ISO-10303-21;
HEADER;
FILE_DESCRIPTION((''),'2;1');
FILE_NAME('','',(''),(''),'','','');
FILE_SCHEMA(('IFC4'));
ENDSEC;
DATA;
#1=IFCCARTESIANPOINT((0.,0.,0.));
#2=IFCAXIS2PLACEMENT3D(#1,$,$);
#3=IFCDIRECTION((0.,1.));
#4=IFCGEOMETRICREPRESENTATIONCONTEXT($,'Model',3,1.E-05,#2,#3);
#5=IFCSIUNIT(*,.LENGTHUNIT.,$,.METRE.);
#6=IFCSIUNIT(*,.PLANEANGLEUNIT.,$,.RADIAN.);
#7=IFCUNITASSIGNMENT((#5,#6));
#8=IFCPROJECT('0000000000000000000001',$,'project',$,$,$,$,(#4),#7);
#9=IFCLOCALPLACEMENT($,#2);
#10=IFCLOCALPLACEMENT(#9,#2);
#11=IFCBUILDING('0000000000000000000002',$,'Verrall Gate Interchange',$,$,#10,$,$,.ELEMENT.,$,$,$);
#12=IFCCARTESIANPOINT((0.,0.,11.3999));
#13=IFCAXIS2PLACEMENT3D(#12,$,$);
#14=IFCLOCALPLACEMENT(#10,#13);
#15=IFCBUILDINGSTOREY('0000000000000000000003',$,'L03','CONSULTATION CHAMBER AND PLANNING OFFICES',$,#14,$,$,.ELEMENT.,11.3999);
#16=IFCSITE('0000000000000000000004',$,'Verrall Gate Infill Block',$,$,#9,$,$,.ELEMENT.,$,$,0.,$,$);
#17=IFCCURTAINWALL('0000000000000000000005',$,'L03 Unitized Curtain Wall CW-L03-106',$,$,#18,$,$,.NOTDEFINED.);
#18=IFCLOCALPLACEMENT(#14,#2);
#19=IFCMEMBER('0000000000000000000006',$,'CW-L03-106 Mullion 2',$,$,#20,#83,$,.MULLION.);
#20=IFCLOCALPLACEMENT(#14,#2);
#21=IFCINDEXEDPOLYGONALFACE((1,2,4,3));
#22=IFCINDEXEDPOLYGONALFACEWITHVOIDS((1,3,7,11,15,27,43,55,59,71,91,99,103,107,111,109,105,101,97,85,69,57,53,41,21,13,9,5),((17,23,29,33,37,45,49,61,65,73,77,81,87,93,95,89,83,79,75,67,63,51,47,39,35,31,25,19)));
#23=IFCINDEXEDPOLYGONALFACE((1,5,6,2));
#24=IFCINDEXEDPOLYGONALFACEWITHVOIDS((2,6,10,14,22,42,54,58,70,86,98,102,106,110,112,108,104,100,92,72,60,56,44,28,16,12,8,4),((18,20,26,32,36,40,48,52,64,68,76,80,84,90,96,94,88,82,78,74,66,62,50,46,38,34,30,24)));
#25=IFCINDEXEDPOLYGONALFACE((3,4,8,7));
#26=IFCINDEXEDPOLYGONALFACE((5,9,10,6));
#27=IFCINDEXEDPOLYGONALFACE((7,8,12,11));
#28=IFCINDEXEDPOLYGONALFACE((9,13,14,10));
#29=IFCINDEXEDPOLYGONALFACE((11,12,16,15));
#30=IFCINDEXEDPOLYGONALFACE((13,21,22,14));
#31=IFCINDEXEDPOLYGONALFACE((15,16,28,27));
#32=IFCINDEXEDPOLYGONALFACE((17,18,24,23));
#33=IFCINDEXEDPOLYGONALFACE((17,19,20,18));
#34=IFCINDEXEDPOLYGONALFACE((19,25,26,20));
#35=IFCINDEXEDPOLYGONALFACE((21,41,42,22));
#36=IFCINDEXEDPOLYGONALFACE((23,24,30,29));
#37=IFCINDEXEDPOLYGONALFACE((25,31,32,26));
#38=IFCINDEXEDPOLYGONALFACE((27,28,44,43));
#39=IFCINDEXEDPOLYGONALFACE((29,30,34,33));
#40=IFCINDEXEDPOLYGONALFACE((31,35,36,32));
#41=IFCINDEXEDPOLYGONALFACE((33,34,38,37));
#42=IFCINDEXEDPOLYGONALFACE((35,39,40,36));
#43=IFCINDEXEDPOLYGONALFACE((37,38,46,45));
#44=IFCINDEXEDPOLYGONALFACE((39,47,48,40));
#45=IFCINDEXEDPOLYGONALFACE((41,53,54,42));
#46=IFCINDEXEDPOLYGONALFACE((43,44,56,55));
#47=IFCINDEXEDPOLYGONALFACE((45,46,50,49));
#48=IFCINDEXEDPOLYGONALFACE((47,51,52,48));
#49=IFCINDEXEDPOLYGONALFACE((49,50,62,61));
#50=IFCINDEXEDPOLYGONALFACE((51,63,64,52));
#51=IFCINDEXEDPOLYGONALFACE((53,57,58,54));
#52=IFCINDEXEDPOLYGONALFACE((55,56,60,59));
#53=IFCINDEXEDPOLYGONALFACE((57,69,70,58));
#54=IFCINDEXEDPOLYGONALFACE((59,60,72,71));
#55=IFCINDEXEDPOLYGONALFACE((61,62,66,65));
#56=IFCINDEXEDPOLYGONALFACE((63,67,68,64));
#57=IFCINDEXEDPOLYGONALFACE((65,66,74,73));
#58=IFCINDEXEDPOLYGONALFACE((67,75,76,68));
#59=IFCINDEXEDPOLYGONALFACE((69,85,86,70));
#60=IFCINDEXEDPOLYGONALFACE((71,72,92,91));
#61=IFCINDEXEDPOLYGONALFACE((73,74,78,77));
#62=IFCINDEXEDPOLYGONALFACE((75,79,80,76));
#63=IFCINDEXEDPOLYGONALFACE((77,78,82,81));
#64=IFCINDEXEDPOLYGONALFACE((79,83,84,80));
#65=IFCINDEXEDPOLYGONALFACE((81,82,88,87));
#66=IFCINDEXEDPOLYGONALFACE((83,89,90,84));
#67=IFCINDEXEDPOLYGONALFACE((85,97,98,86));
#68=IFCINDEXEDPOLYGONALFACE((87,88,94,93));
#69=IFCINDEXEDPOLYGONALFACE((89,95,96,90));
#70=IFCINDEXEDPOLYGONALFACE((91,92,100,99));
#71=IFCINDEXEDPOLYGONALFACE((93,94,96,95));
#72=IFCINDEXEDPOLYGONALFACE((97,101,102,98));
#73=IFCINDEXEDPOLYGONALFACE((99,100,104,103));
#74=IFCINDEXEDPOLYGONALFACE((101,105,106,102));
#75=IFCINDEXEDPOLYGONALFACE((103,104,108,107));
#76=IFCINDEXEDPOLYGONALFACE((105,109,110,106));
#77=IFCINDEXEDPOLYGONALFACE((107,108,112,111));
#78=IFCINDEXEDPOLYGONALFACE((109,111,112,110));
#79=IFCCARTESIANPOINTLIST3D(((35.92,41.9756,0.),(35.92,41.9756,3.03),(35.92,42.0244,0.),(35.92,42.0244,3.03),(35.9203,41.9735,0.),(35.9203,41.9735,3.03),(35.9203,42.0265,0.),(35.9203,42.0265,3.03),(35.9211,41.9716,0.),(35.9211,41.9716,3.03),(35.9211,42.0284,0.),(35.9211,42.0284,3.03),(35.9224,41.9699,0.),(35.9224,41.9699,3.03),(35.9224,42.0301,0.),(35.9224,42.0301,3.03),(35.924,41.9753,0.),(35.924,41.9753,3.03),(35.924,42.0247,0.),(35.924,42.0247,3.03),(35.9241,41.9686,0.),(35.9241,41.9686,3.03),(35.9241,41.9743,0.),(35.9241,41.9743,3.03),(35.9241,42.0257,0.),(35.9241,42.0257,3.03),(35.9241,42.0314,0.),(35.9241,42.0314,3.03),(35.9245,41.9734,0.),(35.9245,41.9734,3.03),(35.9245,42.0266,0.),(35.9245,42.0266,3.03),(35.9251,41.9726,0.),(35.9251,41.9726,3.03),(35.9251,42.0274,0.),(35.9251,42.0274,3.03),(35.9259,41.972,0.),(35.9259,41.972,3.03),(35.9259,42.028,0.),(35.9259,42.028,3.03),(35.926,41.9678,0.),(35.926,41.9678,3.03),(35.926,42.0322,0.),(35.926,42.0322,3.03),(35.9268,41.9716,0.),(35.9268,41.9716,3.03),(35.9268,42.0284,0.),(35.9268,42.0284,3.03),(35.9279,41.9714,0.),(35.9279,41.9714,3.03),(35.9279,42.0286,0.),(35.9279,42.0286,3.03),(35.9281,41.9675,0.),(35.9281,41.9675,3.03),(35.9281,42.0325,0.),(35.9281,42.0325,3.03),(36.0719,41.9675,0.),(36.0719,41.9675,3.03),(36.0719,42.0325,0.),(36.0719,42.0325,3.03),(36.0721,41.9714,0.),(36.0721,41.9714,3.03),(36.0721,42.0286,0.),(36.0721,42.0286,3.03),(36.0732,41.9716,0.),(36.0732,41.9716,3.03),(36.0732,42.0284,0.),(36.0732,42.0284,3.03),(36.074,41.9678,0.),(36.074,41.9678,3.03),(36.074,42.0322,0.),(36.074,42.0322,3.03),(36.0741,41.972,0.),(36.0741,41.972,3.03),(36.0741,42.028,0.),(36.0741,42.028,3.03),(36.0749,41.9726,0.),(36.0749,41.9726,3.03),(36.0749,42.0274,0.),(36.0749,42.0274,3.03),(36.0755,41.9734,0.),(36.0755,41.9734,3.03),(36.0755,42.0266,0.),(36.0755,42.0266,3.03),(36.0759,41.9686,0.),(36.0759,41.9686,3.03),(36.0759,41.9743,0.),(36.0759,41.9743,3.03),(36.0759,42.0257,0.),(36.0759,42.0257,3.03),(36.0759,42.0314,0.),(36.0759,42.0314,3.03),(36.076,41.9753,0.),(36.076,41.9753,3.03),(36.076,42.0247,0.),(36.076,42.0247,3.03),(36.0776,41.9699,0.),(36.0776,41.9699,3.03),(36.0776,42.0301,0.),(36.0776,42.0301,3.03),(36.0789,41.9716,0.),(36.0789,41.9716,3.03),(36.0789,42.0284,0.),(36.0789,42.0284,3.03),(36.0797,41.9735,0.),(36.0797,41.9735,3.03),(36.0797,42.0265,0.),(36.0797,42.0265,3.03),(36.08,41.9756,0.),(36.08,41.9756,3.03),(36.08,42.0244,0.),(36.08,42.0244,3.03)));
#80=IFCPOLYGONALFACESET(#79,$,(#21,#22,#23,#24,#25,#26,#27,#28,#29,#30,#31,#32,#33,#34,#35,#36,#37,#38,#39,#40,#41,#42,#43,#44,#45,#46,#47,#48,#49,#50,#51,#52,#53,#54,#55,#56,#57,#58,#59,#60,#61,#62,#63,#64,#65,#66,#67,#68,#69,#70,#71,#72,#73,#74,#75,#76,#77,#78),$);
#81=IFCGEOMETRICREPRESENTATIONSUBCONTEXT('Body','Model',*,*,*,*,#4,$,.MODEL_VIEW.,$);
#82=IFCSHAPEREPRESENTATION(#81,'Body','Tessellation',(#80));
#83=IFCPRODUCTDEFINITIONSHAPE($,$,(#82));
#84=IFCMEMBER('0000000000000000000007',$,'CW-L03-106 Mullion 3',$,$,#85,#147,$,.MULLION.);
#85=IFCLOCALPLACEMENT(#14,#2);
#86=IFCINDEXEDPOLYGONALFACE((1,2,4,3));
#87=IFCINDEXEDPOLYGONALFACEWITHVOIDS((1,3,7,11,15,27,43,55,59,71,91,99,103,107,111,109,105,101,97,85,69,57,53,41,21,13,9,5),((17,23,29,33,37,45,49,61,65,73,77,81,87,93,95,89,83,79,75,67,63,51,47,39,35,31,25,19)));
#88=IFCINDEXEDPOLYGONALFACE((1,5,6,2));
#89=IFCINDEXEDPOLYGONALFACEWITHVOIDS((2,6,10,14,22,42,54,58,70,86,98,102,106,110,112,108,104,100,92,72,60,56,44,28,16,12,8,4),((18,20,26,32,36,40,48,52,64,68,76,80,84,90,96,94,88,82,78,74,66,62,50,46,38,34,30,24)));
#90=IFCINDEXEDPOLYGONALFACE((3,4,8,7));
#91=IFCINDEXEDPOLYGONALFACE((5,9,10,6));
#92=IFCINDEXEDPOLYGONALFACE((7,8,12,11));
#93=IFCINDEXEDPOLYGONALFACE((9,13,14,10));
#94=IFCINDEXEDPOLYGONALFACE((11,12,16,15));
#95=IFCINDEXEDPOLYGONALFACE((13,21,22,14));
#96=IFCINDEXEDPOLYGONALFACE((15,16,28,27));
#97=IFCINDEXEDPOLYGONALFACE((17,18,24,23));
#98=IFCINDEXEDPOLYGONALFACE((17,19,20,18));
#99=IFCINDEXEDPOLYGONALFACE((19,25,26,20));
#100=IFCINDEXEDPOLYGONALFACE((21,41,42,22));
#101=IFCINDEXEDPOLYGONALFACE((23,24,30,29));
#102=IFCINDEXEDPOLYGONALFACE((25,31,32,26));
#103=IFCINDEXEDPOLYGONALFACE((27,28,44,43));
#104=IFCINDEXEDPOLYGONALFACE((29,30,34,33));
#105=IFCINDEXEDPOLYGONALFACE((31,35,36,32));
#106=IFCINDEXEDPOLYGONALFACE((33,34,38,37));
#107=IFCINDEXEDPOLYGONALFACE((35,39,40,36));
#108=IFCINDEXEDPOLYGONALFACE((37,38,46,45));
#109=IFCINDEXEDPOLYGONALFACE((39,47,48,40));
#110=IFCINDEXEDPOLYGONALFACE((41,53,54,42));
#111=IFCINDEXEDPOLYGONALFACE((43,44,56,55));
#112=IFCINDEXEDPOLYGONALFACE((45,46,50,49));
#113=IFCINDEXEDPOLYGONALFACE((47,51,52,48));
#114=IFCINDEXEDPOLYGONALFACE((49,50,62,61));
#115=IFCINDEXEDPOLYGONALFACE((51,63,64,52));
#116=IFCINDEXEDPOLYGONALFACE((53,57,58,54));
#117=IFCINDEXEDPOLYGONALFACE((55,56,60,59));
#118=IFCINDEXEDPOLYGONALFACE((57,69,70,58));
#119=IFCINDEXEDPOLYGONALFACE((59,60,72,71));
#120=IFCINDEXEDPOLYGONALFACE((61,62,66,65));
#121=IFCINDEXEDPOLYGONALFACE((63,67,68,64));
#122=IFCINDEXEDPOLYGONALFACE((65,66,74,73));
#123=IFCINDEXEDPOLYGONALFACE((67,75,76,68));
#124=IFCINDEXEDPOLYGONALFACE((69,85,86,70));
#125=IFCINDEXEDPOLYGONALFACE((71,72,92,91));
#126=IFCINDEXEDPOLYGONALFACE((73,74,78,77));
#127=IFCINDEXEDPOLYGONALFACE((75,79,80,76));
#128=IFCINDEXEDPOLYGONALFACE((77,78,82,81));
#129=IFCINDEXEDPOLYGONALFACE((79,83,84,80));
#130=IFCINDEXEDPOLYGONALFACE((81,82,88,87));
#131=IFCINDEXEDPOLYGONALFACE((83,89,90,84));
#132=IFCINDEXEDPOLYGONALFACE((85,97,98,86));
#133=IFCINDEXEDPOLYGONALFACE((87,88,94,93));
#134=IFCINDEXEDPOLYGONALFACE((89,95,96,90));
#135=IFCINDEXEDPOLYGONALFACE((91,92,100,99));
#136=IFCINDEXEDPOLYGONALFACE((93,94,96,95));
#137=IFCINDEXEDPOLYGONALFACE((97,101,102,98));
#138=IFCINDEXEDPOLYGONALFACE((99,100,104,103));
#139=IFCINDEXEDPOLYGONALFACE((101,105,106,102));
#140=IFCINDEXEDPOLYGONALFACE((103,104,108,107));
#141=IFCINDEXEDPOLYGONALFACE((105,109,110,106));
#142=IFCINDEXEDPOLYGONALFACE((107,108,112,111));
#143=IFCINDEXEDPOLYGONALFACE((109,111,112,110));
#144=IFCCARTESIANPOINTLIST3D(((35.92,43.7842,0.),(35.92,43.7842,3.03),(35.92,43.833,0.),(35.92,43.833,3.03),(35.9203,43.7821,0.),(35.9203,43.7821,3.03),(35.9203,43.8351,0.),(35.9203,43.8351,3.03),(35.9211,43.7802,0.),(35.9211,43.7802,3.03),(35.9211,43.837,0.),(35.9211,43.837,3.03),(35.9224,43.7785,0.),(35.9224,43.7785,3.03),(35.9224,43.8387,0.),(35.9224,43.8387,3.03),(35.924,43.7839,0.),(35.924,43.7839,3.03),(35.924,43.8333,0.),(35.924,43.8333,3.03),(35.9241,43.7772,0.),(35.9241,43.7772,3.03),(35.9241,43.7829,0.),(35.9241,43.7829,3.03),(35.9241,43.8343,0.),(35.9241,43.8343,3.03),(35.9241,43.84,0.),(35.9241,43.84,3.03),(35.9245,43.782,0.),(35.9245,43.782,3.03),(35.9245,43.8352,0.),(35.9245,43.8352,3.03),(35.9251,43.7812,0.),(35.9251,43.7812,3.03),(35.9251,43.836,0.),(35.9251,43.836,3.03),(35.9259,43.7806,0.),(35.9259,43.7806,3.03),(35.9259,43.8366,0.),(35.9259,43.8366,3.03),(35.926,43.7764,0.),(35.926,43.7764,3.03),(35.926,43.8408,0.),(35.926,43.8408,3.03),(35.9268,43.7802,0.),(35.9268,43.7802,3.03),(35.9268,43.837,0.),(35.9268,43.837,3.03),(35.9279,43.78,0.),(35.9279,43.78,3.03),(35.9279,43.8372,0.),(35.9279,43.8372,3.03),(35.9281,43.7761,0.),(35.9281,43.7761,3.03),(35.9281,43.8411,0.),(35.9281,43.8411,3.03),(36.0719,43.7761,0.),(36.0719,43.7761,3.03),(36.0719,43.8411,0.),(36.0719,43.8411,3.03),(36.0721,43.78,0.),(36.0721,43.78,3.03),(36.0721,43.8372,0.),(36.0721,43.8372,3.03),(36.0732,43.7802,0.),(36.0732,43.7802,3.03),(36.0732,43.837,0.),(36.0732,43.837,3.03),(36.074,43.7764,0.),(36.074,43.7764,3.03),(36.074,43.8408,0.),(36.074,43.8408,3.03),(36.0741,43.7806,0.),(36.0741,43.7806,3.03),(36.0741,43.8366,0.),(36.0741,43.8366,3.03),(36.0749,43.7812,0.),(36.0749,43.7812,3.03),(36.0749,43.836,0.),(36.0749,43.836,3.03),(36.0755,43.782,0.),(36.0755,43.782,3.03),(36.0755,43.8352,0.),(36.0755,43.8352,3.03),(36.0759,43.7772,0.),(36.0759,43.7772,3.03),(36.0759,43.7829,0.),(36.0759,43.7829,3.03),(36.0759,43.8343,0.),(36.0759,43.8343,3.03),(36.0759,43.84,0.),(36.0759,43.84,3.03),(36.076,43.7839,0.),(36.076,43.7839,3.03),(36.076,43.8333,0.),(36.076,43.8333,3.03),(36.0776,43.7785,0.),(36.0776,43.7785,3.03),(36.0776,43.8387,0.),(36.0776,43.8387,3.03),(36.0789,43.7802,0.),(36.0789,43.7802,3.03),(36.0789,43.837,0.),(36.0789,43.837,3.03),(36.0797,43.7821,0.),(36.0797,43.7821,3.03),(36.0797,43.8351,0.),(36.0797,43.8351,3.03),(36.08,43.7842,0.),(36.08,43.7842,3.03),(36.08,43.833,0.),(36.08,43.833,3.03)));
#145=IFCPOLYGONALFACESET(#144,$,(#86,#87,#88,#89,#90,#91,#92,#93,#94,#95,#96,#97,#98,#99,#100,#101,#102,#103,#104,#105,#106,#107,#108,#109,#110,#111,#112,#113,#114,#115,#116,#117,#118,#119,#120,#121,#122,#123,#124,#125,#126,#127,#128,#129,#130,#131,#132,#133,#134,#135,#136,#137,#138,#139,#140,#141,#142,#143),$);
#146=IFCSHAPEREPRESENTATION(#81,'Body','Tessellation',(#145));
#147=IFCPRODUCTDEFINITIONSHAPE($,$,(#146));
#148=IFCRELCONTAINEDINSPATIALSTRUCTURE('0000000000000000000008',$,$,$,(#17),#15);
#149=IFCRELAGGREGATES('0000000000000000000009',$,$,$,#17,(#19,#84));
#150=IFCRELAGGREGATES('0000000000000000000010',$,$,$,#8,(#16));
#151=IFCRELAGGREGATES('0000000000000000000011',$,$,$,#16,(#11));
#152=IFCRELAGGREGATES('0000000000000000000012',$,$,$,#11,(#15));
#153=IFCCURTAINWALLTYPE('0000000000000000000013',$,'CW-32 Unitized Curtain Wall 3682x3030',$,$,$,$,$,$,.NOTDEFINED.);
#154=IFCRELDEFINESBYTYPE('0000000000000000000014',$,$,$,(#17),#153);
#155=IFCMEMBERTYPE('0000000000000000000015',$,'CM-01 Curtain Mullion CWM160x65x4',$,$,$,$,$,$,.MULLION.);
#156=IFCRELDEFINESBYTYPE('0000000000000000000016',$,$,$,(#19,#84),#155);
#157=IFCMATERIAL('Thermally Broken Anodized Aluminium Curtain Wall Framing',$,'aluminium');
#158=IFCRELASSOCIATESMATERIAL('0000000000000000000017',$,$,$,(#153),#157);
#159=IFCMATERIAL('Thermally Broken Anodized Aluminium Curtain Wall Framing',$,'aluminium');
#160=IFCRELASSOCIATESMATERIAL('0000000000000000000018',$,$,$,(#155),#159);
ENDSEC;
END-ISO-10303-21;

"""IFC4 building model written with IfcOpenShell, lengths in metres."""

from ifc_helpers import new_model, si_unit, direction, frame, origin, origin_2d, place, context, subcontext, project, spatial, hollow_rectangle, extrude, material, material_profile, profile_set, type_object, element, aggregate, save


model = new_model("IFC4")

# Units and contexts
model_context = context("Model", 3, precision=1e-05, world=origin(), true_north=direction((0.0, 1.0)))
body_context = subcontext(model_context, "Body", "Model", "MODEL_VIEW")
ifc_project = project(units=[si_unit("LENGTHUNIT", "METRE"), si_unit("PLANEANGLEUNIT", "RADIAN")], contexts=[model_context])

# Site, building, storey
site_placement = place(None, origin())
site = spatial("IfcSite", under=ifc_project, at=site_placement, Name="Verrall Gate Infill Block", CompositionType="ELEMENT", RefElevation=0.0)
building_placement = place(site_placement, origin())
building = spatial("IfcBuilding", under=site, at=building_placement, Name="Verrall Gate Interchange", CompositionType="ELEMENT")
storey_placement = place(building_placement, frame((0.0, 0.0, 11.3999)))
storey = spatial("IfcBuildingStorey", under=building, at=storey_placement, Name="L03", Description="CONSULTATION CHAMBER AND PLANNING OFFICES", CompositionType="ELEMENT", Elevation=11.3999)

# Curtain wall, members
ifc_material_1 = material(Name="Thermally Broken Anodized Aluminium Curtain Wall Framing", Category="aluminium")
curtain_wall_type = type_object("IfcCurtainWallType", Name="CW-32 Unitized Curtain Wall 3682x3030", PredefinedType="NOTDEFINED", material=ifc_material_1)
curtain_wall_placement = place(storey_placement, origin())
curtain_wall = element("IfcCurtainWall", 1, at=curtain_wall_placement, inside=storey, type_object=curtain_wall_type, Name="L03 Unitized Curtain Wall CW-L03-106", PredefinedType="NOTDEFINED")
ifc_material_2 = material(Name="Thermally Broken Anodized Aluminium Curtain Wall Framing", Category="aluminium")
ifc_material_profile_1 = material_profile(ifc_material_2, hollow_rectangle(XDim=0.0649, YDim=0.1599, WallThickness=0.0039, InnerFilletRadius=0.0039, OuterFilletRadius=0.0081, at=origin_2d()), Name="CWM160x65x4")
ifc_profile_set_1 = profile_set([ifc_material_profile_1], Name="Thermally Broken Anodized Aluminium Curtain Wall Framing")
member_type_1 = type_object("IfcMemberType", Name="CM-01 Curtain Mullion CWM160x65x4", PredefinedType="MULLION", material=ifc_profile_set_1)
member_1_placement = place(storey_placement, frame((36.0, 42.0, 0.0), z_axis=(0.0, 0.0, 1.0), x_axis=(0.0, 1.0, 0.0)))
member_1 = element("IfcMember", 2, at=member_1_placement, type_object=member_type_1, Name="CW-L03-106 Mullion 2", PredefinedType="MULLION", context=body_context, shape_type="SweptSolid", body=[
    extrude(hollow_rectangle(XDim=0.0649, YDim=0.1599, WallThickness=0.0039, InnerFilletRadius=0.0039, OuterFilletRadius=0.0081, at=origin_2d()), origin(), (0.0, 0.0, 1.0), 3.03),
])
member_2_placement = place(storey_placement, frame((36.0, 43.8086, 0.0), z_axis=(0.0, 0.0, 1.0), x_axis=(0.0, 1.0, 0.0)))
member_2 = element("IfcMember", 3, at=member_2_placement, type_object=member_type_1, Name="CW-L03-106 Mullion 3", PredefinedType="MULLION", context=body_context, shape_type="SweptSolid", body=[
    extrude(hollow_rectangle(XDim=0.0649, YDim=0.1599, WallThickness=0.0039, InnerFilletRadius=0.0039, OuterFilletRadius=0.0081, at=origin_2d()), origin(), (0.0, 0.0, 1.0), 3.03),
])

aggregate(curtain_wall, [member_1, member_2])

save(model, "model.ifc")
